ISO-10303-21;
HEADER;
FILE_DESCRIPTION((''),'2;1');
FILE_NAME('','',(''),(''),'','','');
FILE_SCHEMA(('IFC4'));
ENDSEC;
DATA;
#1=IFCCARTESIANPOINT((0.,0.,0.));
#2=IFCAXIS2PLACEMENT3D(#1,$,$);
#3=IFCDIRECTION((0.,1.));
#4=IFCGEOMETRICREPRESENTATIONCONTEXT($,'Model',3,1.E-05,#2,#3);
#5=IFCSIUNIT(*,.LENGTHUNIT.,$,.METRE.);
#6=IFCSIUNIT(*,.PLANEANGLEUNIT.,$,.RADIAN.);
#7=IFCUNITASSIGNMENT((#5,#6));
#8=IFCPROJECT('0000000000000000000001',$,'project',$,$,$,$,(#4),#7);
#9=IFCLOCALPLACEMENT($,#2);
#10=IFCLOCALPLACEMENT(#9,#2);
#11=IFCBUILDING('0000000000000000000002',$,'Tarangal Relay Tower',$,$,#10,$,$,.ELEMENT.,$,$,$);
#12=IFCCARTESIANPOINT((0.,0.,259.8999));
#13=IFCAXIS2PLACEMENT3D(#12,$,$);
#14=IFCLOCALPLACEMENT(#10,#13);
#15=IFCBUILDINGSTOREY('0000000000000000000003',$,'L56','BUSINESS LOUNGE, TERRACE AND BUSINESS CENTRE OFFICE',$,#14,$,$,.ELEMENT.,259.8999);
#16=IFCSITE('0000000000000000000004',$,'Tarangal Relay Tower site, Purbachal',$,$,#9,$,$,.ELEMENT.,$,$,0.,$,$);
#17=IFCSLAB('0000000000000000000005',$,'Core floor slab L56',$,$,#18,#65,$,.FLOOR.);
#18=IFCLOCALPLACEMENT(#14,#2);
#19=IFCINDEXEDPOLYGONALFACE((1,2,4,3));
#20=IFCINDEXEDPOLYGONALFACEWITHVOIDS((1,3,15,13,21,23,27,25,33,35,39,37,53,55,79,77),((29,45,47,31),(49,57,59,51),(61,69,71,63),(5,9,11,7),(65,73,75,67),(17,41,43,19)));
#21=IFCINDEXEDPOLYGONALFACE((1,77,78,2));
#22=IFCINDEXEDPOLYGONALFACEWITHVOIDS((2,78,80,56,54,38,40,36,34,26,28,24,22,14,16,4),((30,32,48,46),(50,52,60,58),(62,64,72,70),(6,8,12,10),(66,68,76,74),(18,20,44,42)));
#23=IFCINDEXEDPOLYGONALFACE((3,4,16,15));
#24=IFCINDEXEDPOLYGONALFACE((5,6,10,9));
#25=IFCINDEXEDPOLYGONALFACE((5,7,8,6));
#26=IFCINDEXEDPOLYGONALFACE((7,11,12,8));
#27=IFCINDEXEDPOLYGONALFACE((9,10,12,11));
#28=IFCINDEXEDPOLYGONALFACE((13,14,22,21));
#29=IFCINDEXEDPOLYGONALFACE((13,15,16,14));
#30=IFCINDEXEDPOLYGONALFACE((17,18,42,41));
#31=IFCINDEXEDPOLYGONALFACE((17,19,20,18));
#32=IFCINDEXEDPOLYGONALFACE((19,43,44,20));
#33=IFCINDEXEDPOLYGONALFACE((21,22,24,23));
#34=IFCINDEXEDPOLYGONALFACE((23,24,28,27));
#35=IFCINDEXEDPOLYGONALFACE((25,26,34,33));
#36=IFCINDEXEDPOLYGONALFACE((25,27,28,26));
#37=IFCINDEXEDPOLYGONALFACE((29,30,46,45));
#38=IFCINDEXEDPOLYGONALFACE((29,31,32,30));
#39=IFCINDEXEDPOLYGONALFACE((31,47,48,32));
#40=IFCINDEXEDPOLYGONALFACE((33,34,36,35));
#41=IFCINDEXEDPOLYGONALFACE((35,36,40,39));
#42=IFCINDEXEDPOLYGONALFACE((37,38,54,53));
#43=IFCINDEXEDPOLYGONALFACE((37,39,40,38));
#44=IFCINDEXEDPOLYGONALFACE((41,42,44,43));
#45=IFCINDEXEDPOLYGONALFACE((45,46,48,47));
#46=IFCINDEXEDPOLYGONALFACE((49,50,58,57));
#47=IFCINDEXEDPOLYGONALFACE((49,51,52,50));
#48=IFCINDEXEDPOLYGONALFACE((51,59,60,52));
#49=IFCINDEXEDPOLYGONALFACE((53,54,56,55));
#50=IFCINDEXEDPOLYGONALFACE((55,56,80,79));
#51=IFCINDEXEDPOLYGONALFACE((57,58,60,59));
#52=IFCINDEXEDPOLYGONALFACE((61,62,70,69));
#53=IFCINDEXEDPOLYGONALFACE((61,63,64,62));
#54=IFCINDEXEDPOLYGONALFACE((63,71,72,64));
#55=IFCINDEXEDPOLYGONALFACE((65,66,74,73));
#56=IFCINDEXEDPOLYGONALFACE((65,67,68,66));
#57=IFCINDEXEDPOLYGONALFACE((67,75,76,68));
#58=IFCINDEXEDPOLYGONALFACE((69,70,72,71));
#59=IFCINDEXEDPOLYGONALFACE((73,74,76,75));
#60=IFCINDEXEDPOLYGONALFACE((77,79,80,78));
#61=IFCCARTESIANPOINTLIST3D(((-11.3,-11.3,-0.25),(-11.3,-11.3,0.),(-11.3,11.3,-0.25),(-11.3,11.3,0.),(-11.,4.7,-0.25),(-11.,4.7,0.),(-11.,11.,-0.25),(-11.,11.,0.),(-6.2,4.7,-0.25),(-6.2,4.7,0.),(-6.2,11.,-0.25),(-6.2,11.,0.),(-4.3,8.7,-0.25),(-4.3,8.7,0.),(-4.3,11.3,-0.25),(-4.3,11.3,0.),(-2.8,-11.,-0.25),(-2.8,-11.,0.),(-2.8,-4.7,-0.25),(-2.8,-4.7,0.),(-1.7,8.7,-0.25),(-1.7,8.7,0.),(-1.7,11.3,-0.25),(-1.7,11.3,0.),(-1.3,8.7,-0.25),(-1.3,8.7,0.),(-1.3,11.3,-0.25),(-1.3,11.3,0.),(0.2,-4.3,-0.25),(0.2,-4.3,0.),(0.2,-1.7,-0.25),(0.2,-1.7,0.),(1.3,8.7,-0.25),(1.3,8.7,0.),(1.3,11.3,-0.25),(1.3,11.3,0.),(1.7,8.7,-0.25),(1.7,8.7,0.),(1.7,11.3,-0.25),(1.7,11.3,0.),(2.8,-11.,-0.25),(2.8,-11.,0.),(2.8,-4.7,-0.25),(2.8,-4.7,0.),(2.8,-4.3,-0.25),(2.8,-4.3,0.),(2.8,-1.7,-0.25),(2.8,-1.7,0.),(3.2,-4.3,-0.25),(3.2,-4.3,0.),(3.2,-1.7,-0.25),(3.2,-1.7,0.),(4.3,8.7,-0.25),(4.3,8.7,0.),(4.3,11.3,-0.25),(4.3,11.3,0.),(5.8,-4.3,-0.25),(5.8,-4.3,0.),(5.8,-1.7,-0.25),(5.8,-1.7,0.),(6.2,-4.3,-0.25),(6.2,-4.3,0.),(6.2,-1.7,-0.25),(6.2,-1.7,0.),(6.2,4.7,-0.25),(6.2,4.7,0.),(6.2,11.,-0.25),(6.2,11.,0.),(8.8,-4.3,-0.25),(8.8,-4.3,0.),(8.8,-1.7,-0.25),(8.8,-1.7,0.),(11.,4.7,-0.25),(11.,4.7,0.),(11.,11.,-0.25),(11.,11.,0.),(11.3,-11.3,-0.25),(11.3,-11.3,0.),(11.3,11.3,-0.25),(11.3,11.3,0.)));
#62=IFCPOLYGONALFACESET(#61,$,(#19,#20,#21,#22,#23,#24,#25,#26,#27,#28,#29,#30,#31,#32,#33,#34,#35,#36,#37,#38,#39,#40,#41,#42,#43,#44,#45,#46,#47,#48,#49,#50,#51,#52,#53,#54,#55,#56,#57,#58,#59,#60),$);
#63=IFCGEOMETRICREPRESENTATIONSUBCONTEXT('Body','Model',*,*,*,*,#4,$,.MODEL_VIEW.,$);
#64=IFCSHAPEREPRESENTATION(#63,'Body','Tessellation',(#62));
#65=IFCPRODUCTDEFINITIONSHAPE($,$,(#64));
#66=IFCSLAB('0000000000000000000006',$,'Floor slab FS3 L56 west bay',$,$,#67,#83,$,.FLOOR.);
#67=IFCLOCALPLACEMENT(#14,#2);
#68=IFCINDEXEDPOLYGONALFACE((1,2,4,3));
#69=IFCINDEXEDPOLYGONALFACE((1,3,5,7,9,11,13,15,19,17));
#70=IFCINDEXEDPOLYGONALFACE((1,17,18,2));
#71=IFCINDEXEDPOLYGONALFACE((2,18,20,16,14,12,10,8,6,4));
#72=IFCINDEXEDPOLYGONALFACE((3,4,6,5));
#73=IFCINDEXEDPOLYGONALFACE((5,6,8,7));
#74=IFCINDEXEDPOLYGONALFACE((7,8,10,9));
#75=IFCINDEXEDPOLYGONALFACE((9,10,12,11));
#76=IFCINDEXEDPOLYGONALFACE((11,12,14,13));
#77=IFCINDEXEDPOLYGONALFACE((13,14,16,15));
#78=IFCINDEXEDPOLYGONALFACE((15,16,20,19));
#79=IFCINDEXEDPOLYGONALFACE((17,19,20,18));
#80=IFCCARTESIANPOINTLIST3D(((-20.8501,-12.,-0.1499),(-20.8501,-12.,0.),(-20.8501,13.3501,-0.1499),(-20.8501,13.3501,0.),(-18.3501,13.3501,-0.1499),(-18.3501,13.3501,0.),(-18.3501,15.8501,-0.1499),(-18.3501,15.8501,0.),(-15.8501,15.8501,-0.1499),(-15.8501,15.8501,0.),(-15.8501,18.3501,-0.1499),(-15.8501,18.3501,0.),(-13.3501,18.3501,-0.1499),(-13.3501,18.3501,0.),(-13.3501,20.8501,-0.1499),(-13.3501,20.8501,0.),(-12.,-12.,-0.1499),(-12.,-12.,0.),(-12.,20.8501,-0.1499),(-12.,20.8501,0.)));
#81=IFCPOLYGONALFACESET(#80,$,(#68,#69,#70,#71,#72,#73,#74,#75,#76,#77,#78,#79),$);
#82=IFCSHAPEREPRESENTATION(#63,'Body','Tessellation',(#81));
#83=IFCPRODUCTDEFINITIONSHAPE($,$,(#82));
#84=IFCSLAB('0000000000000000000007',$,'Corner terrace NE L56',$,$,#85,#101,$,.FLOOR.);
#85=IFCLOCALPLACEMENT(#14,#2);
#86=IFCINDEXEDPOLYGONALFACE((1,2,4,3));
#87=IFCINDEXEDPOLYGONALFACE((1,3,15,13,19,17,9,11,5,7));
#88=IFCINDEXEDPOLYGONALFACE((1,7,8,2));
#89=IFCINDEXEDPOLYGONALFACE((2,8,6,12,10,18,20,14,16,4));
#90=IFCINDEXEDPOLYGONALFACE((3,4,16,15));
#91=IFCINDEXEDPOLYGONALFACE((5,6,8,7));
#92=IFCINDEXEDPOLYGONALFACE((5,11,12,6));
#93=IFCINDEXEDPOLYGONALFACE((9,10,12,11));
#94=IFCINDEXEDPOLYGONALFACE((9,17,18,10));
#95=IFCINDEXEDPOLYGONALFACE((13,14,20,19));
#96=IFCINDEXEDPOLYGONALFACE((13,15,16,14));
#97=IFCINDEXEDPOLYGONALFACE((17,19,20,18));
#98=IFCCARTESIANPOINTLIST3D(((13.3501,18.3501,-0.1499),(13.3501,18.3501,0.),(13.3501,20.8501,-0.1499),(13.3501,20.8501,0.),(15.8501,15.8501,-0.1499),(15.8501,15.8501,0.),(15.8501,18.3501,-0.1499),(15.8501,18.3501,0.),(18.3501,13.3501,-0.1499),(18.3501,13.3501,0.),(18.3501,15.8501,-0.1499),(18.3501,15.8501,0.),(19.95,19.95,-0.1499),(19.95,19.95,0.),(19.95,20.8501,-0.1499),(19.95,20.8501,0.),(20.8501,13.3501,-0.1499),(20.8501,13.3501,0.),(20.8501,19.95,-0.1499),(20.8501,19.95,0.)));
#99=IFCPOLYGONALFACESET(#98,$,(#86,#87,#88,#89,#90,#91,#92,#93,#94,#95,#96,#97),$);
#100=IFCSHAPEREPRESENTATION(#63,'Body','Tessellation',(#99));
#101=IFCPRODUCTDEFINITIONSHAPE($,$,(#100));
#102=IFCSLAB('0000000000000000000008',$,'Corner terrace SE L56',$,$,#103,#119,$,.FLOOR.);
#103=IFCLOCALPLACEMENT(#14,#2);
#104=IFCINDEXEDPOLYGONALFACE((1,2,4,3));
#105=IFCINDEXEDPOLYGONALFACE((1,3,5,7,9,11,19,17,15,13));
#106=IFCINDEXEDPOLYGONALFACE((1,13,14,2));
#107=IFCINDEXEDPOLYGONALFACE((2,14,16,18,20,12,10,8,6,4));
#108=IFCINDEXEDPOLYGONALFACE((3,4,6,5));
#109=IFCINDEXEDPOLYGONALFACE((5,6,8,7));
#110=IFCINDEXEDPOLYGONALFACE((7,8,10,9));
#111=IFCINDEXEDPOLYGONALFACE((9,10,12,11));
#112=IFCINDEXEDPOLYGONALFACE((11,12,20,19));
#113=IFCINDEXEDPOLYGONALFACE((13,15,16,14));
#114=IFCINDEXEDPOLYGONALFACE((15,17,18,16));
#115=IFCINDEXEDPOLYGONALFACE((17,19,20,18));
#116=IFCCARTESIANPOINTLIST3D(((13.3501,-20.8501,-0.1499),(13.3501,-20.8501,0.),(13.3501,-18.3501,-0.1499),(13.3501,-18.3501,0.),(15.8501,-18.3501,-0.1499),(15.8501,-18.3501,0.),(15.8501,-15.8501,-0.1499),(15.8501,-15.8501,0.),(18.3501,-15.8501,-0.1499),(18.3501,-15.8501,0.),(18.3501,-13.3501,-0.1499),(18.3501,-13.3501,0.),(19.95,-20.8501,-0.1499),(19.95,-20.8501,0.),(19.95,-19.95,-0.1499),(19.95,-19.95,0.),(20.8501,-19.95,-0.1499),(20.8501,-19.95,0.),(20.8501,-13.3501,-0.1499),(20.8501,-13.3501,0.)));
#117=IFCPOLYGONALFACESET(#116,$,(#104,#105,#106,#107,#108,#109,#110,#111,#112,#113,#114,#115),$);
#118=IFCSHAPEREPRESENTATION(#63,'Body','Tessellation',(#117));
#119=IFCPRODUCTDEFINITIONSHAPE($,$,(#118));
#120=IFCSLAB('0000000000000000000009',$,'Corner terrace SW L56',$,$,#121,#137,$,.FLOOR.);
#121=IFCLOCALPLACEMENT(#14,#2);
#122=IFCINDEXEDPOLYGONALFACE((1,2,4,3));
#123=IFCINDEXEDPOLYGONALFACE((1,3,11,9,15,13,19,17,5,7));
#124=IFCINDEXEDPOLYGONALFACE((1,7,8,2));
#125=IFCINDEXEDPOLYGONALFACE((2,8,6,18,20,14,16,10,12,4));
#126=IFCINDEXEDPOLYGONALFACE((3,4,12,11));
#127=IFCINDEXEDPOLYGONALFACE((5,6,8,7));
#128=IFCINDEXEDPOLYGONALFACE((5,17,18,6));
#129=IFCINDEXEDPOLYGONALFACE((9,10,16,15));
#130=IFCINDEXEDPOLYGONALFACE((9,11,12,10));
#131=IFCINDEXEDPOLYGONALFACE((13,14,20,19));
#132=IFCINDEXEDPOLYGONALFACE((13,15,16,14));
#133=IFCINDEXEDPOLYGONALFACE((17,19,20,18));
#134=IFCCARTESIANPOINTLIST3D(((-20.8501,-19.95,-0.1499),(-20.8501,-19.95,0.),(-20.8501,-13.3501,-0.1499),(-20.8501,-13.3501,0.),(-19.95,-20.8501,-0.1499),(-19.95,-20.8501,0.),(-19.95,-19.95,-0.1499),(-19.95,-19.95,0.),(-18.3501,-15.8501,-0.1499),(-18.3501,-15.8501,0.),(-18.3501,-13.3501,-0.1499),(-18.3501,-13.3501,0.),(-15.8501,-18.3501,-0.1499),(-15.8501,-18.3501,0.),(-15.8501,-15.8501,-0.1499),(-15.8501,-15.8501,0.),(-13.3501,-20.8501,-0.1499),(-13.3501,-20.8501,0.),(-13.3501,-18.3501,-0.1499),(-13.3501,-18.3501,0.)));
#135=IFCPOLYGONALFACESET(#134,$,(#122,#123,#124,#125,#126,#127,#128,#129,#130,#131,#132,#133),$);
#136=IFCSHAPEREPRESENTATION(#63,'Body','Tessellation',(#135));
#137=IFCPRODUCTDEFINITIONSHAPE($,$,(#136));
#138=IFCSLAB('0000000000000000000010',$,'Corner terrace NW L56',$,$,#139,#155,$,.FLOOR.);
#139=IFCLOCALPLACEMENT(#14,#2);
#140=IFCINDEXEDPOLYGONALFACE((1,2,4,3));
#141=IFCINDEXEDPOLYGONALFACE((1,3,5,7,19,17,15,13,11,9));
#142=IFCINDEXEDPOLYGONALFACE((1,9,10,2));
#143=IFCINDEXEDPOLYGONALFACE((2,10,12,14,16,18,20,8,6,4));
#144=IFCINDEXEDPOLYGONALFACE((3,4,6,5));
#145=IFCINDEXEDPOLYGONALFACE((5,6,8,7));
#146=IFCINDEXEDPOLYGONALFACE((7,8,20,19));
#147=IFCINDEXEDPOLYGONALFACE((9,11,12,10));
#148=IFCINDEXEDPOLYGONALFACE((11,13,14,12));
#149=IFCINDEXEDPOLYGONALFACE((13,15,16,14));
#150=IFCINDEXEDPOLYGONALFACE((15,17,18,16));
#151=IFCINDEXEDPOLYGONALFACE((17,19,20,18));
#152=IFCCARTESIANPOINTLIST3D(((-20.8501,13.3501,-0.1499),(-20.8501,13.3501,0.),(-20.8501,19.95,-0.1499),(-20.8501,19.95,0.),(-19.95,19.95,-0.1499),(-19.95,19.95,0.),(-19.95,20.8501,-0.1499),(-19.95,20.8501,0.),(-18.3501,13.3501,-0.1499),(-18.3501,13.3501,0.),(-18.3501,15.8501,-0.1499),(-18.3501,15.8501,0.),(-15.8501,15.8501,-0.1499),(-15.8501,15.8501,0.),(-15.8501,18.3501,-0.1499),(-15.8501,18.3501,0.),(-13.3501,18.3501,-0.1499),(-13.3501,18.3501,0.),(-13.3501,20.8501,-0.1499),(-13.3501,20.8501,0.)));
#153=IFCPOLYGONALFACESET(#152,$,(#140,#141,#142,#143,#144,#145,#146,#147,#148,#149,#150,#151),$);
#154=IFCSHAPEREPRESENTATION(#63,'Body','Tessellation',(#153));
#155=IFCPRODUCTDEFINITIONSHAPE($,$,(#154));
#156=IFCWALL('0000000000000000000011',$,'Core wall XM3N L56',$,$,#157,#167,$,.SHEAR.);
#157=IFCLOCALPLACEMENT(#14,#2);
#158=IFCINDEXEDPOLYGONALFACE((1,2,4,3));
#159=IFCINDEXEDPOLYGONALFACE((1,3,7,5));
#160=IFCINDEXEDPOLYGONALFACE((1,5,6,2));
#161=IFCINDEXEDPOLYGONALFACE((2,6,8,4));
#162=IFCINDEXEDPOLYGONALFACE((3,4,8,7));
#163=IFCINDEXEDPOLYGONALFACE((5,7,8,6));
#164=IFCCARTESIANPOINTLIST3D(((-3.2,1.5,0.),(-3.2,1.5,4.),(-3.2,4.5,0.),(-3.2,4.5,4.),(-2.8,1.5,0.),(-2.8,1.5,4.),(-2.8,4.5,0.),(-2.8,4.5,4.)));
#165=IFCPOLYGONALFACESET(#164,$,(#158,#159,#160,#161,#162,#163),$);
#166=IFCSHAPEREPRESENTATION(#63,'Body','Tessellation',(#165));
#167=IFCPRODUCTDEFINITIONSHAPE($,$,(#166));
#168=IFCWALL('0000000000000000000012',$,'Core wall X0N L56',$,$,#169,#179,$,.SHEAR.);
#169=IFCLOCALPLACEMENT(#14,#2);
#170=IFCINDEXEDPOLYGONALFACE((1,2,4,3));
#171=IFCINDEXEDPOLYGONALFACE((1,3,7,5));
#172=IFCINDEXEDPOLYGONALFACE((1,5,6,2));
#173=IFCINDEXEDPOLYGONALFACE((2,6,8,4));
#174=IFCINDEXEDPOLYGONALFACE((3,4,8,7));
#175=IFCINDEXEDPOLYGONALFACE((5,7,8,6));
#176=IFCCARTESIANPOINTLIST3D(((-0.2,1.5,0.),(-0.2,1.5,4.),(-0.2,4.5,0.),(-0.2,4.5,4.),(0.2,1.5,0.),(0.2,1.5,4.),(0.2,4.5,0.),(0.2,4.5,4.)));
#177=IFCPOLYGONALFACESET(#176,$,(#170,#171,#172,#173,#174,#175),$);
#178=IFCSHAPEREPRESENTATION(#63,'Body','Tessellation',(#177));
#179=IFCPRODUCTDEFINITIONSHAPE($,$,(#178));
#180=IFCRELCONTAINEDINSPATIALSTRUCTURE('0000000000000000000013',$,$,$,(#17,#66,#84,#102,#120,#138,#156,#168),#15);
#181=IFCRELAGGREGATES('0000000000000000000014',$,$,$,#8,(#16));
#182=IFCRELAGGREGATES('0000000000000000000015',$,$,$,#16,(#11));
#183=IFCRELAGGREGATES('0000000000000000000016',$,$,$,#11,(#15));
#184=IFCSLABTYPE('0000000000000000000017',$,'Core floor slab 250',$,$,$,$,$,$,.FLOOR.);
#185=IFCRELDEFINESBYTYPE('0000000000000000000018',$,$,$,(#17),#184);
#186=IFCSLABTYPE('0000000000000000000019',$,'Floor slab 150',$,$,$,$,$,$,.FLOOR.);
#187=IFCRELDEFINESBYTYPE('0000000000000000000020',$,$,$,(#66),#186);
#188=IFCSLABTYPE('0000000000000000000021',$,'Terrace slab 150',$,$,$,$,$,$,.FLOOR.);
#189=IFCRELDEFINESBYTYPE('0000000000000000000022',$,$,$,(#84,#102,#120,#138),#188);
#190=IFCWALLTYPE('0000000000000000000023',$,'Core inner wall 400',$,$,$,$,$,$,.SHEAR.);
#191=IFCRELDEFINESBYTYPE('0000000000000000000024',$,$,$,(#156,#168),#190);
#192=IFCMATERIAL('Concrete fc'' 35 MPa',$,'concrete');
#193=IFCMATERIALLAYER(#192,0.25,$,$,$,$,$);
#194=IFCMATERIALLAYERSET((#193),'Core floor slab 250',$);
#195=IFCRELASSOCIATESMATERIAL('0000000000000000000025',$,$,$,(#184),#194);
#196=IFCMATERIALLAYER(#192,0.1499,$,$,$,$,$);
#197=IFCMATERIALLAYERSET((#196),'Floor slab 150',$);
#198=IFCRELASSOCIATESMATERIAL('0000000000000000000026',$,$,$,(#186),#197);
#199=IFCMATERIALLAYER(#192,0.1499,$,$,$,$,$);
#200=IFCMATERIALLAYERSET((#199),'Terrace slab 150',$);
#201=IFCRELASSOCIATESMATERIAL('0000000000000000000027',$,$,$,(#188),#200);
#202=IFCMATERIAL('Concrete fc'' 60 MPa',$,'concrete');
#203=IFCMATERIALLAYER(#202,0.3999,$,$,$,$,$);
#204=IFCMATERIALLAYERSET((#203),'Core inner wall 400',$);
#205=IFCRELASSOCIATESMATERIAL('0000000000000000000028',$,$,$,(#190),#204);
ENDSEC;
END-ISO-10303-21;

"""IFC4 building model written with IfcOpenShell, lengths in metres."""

from ifc_helpers import new_model, si_unit, direction, frame, frame_2d, origin, place, context, subcontext, project, spatial, polyline, rectangle, outline, extrude, material, layer, layer_set, type_object, element, save


model = new_model("IFC4")

# Units and contexts
model_context = context("Model", 3, precision=1e-05, world=origin(), true_north=direction((0.0, 1.0)))
body_context = subcontext(model_context, "Body", "Model", "MODEL_VIEW")
ifc_project = project(units=[si_unit("LENGTHUNIT", "METRE"), si_unit("PLANEANGLEUNIT", "RADIAN")], contexts=[model_context])

# Site, building, storey
site_placement = place(None, origin())
site = spatial("IfcSite", under=ifc_project, at=site_placement, Name="Tarangal Relay Tower site, Purbachal", CompositionType="ELEMENT", RefElevation=0.0)
building_placement = place(site_placement, origin())
building = spatial("IfcBuilding", under=site, at=building_placement, Name="Tarangal Relay Tower", CompositionType="ELEMENT")
storey_placement = place(building_placement, frame((0.0, 0.0, 259.8999)))
storey = spatial("IfcBuildingStorey", under=building, at=storey_placement, Name="L56", Description="BUSINESS LOUNGE, TERRACE AND BUSINESS CENTRE OFFICE", CompositionType="ELEMENT", Elevation=259.8999)

# Slabs
ifc_material_1 = material(Name="Concrete fc' 35 MPa", Category="concrete")
ifc_layer_1 = layer(ifc_material_1, 0.25)
ifc_layer_set_1 = layer_set([ifc_layer_1], Name="Core floor slab 250")
slab_type_1 = type_object("IfcSlabType", Name="Core floor slab 250", PredefinedType="FLOOR", material=ifc_layer_set_1)
slab_1_placement = place(storey_placement, frame((0.0, 0.0, -0.25)))
element("IfcSlab", 1, at=slab_1_placement, inside=storey, type_object=slab_type_1, Name="Core floor slab L56", PredefinedType="FLOOR", context=body_context, shape_type="SweptSolid", body=[
    extrude(outline(polyline([(11.3, 11.3), (11.3, -11.3), (-11.3, -11.3), (-11.3, 11.3), (-4.3, 11.3), (-4.3, 8.7), (-1.7, 8.7), (-1.7, 11.3), (-1.3, 11.3), (-1.3, 8.7), (1.3, 8.7), (1.3, 11.3), (1.7, 11.3), (1.7, 8.7), (4.3, 8.7), (4.3, 11.3), (11.3, 11.3)]), holes=[polyline([(2.8, -4.7), (-2.8, -4.7), (-2.8, -11.0), (2.8, -11.0), (2.8, -4.7)]), polyline([(2.8, -1.7), (0.2, -1.7), (0.2, -4.3), (2.8, -4.3), (2.8, -1.7)]), polyline([(5.8, -1.7), (3.2, -1.7), (3.2, -4.3), (5.8, -4.3), (5.8, -1.7)]), polyline([(8.8, -1.7), (6.2, -1.7), (6.2, -4.3), (8.8, -4.3), (8.8, -1.7)]), polyline([(-6.2, 11.0), (-11.0, 11.0), (-11.0, 4.7), (-6.2, 4.7), (-6.2, 11.0)]), polyline([(11.0, 11.0), (6.2, 11.0), (6.2, 4.7), (11.0, 4.7), (11.0, 11.0)])]), origin(), (0.0, 0.0, 1.0), 0.25),
])
ifc_layer_2 = layer(ifc_material_1, 0.1499)
ifc_layer_set_2 = layer_set([ifc_layer_2], Name="Floor slab 150")
slab_type_2 = type_object("IfcSlabType", Name="Floor slab 150", PredefinedType="FLOOR", material=ifc_layer_set_2)
slab_2_placement = place(storey_placement, frame((0.0, 0.0, -0.1499)))
element("IfcSlab", 2, at=slab_2_placement, inside=storey, type_object=slab_type_2, Name="Floor slab FS3 L56 west bay", PredefinedType="FLOOR", context=body_context, shape_type="SweptSolid", body=[
    extrude(outline(polyline([(-12.0, 20.8501), (-12.0, -12.0), (-20.8501, -12.0), (-20.8501, 13.3501), (-18.3501, 13.3501), (-18.3501, 15.8501), (-15.8501, 15.8501), (-15.8501, 18.3501), (-13.3501, 18.3501), (-13.3501, 20.8501), (-12.0, 20.8501)])), origin(), (0.0, 0.0, 1.0), 0.1499),
])
ifc_layer_3 = layer(ifc_material_1, 0.1499)
ifc_layer_set_3 = layer_set([ifc_layer_3], Name="Terrace slab 150")
slab_type_3 = type_object("IfcSlabType", Name="Terrace slab 150", PredefinedType="FLOOR", material=ifc_layer_set_3)
slab_3_placement = place(storey_placement, frame((0.0, 0.0, -0.1499)))
element("IfcSlab", 3, at=slab_3_placement, inside=storey, type_object=slab_type_3, Name="Corner terrace NE L56", PredefinedType="FLOOR", context=body_context, shape_type="SweptSolid", body=[
    extrude(outline(polyline([(13.3501, 20.8501), (13.3501, 18.3501), (15.8501, 18.3501), (15.8501, 15.8501), (18.3501, 15.8501), (18.3501, 13.3501), (20.8501, 13.3501), (20.8501, 19.95), (19.95, 19.95), (19.95, 20.8501), (13.3501, 20.8501)])), origin(), (0.0, 0.0, 1.0), 0.1499),
])
slab_4_placement = place(storey_placement, frame((0.0, 0.0, -0.1499)))
element("IfcSlab", 4, at=slab_4_placement, inside=storey, type_object=slab_type_3, Name="Corner terrace SE L56", PredefinedType="FLOOR", context=body_context, shape_type="SweptSolid", body=[
    extrude(outline(polyline([(20.8501, -13.3501), (18.3501, -13.3501), (18.3501, -15.8501), (15.8501, -15.8501), (15.8501, -18.3501), (13.3501, -18.3501), (13.3501, -20.8501), (19.95, -20.8501), (19.95, -19.95), (20.8501, -19.95), (20.8501, -13.3501)])), origin(), (0.0, 0.0, 1.0), 0.1499),
])
slab_5_placement = place(storey_placement, frame((0.0, 0.0, -0.1499)))
element("IfcSlab", 5, at=slab_5_placement, inside=storey, type_object=slab_type_3, Name="Corner terrace SW L56", PredefinedType="FLOOR", context=body_context, shape_type="SweptSolid", body=[
    extrude(outline(polyline([(-13.3501, -20.8501), (-13.3501, -18.3501), (-15.8501, -18.3501), (-15.8501, -15.8501), (-18.3501, -15.8501), (-18.3501, -13.3501), (-20.8501, -13.3501), (-20.8501, -19.95), (-19.95, -19.95), (-19.95, -20.8501), (-13.3501, -20.8501)])), origin(), (0.0, 0.0, 1.0), 0.1499),
])
slab_6_placement = place(storey_placement, frame((0.0, 0.0, -0.1499)))
element("IfcSlab", 6, at=slab_6_placement, inside=storey, type_object=slab_type_3, Name="Corner terrace NW L56", PredefinedType="FLOOR", context=body_context, shape_type="SweptSolid", body=[
    extrude(outline(polyline([(-20.8501, 13.3501), (-18.3501, 13.3501), (-18.3501, 15.8501), (-15.8501, 15.8501), (-15.8501, 18.3501), (-13.3501, 18.3501), (-13.3501, 20.8501), (-19.95, 20.8501), (-19.95, 19.95), (-20.8501, 19.95), (-20.8501, 13.3501)])), origin(), (0.0, 0.0, 1.0), 0.1499),
])

# Shared definitions
ifc_material_2 = material(Name="Concrete fc' 60 MPa", Category="concrete")
ifc_layer_4 = layer(ifc_material_2, 0.3999)
ifc_layer_set_4 = layer_set([ifc_layer_4], Name="Core inner wall 400")
wall_type = type_object("IfcWallType", Name="Core inner wall 400", PredefinedType="SHEAR", material=ifc_layer_set_4)

# Walls
for number, where, z_axis, x_axis, name in (
    (7, (-3.0, 1.5, 0.0), (0.0, 0.0, 1.0), (0.0, 1.0, 0.0), "Core wall XM3N L56"),
    (8, (0.0, 1.5, 0.0), (0.0, 0.0, 1.0), (0.0, 1.0, 0.0), "Core wall X0N L56"),
):
    element("IfcWall", number, at=place(storey_placement, frame(where, z_axis=z_axis, x_axis=x_axis)), inside=storey, type_object=wall_type, Name=name, PredefinedType="SHEAR", context=body_context, shape_type="SweptSolid", body=[
        extrude(rectangle(XDim=3.0, YDim=0.3999, at=frame_2d((1.5, 0.0))), origin(), (0.0, 0.0, 1.0), 4.0),
    ])

save(model, "model.ifc")
